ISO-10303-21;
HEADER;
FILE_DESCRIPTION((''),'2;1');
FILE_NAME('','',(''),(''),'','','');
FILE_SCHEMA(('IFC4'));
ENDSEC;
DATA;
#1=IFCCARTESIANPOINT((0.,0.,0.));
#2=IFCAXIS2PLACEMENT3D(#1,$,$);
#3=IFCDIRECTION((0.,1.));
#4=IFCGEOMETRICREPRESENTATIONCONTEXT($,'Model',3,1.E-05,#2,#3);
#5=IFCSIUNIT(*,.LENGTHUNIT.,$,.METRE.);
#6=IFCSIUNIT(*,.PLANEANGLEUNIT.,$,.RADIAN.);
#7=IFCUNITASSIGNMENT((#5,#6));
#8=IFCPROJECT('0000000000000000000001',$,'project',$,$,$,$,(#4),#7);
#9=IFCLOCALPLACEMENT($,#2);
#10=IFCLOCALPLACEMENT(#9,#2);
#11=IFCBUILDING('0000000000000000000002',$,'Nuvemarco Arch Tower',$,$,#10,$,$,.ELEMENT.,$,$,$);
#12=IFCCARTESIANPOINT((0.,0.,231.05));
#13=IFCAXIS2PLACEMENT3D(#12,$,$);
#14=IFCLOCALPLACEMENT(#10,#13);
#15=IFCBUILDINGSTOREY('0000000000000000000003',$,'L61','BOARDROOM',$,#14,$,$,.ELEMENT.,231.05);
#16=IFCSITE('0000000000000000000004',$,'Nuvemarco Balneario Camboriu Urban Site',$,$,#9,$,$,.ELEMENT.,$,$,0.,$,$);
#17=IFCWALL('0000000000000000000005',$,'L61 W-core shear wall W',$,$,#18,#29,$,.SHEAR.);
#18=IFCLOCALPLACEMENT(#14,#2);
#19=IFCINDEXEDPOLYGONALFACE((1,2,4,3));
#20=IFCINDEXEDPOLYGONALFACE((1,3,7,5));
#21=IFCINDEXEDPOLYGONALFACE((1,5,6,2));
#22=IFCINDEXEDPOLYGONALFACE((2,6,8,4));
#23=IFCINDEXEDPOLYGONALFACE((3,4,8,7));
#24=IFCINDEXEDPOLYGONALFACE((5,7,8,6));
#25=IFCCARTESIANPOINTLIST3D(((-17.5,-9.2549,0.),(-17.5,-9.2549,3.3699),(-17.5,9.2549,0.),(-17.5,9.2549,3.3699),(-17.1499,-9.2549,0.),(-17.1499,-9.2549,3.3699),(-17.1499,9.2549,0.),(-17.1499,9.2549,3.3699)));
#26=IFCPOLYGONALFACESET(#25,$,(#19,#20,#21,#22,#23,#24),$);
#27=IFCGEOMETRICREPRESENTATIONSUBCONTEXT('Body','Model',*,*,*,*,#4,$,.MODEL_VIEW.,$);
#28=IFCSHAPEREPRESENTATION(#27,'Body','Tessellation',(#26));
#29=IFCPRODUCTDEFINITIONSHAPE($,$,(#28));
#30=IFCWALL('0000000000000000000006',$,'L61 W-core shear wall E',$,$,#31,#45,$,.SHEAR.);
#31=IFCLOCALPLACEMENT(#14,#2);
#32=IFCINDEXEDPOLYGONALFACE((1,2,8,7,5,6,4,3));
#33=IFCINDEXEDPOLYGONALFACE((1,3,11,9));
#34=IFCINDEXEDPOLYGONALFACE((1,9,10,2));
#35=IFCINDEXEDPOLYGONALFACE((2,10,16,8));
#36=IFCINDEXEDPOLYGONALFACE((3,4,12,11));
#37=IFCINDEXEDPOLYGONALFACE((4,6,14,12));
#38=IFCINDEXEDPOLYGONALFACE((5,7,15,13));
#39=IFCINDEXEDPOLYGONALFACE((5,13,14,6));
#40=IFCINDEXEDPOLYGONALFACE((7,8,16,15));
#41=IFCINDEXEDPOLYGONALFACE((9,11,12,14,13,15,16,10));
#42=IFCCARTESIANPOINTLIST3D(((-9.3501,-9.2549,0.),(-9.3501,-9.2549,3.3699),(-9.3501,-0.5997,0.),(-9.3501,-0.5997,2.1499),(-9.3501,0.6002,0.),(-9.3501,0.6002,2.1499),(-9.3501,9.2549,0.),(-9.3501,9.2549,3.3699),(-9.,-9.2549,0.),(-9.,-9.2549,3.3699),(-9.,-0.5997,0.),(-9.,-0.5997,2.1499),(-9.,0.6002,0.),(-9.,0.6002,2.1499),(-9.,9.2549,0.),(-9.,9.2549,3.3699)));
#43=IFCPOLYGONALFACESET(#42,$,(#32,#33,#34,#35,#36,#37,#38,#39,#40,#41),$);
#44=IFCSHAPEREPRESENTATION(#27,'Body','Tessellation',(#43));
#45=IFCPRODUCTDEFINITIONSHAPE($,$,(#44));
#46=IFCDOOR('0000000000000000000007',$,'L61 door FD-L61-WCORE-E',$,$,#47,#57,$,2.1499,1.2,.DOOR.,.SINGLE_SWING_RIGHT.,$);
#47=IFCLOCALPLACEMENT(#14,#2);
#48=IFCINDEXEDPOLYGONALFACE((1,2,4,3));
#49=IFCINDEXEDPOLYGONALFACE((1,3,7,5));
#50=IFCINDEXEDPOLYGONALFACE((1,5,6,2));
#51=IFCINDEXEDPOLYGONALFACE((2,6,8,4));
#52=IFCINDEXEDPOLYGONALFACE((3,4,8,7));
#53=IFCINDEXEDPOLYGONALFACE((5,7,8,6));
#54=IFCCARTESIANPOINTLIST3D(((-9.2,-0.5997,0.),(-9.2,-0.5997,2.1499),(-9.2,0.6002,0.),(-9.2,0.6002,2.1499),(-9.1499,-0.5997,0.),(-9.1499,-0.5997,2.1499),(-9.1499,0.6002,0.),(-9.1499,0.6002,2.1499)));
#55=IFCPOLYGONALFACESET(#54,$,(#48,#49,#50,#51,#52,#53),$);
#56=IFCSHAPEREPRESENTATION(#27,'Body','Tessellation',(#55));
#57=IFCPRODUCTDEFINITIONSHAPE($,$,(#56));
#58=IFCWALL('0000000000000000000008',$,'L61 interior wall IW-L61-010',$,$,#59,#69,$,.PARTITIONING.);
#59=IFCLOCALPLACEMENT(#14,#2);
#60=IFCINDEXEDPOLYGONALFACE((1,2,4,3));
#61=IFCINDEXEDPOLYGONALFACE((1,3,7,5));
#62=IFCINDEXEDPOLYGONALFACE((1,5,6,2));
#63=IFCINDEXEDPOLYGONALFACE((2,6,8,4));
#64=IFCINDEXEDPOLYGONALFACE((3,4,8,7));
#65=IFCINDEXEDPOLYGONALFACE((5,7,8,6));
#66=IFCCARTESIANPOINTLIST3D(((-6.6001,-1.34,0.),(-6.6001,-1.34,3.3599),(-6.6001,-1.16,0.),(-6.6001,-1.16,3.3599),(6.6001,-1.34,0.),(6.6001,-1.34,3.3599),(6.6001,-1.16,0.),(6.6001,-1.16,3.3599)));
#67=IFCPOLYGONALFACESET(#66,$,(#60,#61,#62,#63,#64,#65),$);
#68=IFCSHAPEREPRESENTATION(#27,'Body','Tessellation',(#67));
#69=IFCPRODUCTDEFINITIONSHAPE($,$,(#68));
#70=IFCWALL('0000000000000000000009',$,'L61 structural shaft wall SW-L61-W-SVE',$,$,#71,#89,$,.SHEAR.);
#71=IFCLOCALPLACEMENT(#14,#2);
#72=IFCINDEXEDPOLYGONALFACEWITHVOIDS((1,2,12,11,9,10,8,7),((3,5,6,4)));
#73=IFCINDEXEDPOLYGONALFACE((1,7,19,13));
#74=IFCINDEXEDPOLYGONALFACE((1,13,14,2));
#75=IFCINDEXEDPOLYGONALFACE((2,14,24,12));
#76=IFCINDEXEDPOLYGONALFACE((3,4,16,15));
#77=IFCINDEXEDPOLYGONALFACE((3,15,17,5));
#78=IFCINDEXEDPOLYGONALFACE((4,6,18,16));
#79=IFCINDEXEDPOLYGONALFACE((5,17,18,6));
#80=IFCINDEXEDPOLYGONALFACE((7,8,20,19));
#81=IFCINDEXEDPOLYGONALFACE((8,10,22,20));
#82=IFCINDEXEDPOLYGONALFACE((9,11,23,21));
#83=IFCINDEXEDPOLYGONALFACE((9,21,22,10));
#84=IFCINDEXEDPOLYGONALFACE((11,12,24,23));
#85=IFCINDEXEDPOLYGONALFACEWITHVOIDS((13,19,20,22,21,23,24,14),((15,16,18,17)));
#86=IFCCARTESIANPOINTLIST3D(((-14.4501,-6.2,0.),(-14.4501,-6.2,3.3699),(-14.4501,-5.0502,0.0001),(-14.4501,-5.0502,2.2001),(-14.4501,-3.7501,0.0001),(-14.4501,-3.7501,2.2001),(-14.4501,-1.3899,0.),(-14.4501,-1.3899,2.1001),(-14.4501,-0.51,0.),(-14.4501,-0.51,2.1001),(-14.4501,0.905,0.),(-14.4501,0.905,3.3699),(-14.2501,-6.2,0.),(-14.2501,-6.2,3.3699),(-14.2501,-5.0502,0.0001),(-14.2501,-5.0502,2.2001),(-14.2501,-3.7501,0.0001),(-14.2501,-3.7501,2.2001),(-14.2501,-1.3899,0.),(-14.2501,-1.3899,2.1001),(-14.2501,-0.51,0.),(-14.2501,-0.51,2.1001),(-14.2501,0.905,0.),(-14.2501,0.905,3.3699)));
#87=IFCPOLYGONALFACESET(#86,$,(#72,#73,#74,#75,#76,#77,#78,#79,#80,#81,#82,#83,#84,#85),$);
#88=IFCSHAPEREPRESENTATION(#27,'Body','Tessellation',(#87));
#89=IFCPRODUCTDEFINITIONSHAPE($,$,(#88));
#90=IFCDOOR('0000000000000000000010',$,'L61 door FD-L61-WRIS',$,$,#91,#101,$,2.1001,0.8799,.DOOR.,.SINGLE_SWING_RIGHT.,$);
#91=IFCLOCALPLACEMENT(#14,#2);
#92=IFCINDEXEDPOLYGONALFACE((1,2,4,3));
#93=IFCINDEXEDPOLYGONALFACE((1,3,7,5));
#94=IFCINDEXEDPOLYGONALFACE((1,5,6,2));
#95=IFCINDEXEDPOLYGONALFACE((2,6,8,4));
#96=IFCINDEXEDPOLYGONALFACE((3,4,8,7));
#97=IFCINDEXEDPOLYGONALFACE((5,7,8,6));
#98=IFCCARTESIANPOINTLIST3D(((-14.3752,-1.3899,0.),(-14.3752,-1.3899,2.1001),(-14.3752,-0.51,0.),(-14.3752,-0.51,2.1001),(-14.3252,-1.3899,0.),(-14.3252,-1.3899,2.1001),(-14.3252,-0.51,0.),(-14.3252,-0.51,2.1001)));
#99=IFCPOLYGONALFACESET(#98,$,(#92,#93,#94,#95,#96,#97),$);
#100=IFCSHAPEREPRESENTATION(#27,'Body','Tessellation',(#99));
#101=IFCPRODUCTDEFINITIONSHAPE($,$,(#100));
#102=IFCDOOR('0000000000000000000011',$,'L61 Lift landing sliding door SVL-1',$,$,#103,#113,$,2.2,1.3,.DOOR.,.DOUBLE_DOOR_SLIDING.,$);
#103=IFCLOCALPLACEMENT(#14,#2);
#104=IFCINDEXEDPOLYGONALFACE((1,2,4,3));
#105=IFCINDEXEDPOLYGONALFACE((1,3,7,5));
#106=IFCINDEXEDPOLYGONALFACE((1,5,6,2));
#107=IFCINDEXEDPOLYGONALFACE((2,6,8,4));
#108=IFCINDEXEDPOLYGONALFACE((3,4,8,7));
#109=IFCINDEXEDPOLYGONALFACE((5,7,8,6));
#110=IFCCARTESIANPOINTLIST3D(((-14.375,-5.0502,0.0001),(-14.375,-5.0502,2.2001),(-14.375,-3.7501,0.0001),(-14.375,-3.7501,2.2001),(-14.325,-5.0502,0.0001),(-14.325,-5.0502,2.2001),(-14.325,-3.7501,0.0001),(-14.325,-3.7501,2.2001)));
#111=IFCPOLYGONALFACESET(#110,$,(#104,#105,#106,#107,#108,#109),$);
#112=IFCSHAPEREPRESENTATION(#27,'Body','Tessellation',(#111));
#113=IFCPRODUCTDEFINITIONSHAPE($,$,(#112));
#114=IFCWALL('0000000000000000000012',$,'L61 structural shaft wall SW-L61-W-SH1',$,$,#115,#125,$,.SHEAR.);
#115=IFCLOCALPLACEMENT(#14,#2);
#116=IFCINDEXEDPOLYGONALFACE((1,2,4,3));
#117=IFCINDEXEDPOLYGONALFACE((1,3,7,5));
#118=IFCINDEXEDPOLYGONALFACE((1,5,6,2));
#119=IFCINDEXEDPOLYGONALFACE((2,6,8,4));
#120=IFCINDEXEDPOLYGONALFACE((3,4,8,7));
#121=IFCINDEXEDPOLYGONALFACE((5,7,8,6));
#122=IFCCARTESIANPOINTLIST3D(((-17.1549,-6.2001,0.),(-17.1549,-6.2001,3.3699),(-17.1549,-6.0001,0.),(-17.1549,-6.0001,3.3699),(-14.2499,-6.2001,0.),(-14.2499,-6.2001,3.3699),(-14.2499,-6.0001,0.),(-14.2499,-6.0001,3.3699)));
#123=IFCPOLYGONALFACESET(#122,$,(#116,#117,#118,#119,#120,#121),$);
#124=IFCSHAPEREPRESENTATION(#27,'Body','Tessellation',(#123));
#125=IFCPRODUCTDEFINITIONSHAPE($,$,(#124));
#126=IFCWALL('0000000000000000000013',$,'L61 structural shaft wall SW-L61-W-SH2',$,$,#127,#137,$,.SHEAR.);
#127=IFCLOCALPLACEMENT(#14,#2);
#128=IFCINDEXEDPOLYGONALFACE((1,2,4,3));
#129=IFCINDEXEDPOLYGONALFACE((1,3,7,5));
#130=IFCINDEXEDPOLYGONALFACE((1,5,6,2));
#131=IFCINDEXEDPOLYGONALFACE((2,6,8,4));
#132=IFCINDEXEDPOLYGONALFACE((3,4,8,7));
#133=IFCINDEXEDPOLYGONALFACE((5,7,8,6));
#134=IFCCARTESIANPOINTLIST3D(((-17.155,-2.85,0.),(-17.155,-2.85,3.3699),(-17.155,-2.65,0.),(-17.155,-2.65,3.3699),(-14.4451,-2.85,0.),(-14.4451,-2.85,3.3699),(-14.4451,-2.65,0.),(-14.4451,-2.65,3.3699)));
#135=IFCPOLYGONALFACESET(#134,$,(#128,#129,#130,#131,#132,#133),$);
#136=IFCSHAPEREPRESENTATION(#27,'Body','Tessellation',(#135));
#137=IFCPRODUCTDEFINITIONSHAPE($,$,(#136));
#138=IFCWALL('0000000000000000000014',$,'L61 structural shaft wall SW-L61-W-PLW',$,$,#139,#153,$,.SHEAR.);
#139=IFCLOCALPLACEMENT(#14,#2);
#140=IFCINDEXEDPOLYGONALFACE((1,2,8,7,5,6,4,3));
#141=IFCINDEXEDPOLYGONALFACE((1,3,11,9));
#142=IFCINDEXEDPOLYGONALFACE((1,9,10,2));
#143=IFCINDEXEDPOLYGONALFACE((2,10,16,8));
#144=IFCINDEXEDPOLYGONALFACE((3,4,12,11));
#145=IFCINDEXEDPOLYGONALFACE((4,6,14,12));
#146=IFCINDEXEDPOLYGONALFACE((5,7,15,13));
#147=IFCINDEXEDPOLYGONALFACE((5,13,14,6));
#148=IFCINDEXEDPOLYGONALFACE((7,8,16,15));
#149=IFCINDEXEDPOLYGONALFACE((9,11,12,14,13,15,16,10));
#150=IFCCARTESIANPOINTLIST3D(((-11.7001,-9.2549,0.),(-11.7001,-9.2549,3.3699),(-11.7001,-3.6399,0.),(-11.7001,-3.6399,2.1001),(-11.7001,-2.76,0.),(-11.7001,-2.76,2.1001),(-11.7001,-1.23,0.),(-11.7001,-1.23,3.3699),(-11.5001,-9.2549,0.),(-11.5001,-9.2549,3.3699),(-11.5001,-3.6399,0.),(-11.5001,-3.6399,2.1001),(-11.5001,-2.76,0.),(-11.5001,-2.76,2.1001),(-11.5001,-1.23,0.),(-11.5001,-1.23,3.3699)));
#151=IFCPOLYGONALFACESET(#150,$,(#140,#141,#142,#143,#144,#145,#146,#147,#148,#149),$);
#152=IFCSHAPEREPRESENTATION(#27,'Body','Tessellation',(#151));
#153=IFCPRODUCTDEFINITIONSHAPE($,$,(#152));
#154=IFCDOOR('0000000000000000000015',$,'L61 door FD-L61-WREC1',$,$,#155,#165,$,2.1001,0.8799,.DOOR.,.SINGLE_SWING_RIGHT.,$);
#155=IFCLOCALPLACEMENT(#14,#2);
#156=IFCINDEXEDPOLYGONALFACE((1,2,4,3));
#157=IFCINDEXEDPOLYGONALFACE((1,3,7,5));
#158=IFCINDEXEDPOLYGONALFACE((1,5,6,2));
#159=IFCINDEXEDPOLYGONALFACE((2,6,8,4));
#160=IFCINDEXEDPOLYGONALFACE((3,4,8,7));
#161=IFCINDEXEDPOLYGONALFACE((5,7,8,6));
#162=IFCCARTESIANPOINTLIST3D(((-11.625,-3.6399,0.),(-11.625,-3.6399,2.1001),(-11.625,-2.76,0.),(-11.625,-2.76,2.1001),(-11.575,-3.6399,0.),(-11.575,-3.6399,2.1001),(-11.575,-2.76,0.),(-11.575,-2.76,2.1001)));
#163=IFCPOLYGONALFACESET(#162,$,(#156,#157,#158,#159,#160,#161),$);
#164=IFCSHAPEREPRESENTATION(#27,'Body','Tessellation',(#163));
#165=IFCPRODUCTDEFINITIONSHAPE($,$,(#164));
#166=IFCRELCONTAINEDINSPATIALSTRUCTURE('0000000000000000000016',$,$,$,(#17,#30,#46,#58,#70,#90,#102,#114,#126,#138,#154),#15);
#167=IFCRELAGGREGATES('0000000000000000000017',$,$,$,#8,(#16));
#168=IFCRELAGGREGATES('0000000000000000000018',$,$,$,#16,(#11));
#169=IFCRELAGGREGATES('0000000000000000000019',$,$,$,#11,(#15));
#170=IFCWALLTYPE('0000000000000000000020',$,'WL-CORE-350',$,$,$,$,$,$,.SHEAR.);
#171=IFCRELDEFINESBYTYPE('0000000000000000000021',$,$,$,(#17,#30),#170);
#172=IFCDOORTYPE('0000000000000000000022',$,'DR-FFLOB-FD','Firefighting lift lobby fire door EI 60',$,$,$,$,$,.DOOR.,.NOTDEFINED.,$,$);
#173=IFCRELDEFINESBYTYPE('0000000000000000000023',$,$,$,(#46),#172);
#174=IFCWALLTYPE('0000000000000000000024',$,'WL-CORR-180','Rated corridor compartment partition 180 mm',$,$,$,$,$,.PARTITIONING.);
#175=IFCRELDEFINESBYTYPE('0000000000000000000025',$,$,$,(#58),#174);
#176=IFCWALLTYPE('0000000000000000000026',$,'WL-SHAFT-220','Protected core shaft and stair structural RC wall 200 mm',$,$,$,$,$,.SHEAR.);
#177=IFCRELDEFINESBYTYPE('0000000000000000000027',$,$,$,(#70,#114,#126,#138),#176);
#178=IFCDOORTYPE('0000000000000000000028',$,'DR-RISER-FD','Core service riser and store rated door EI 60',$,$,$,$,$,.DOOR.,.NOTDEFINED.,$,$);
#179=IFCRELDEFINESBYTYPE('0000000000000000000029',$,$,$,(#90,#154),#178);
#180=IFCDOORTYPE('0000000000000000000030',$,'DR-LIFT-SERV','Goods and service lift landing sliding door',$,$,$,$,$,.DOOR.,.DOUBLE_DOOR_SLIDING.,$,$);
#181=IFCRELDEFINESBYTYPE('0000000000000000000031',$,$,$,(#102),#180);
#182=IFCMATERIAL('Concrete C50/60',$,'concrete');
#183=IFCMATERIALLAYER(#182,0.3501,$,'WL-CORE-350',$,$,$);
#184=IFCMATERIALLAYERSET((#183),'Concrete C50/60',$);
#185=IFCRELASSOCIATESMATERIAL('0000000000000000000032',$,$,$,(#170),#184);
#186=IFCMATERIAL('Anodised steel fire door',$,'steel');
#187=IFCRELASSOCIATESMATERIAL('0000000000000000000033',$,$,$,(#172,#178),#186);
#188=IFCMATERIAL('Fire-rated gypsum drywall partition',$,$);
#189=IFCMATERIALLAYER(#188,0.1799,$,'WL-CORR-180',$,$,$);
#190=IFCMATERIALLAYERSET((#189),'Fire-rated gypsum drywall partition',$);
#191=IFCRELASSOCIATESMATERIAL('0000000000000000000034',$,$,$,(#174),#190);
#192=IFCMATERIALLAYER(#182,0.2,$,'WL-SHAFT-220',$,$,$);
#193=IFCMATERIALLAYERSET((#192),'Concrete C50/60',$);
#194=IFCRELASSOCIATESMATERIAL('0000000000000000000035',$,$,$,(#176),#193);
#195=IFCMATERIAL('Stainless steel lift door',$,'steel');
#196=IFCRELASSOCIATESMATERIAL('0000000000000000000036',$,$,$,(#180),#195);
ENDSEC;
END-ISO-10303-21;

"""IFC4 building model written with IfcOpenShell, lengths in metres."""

from ifc_helpers import new_model, si_unit, direction, frame, frame_2d, origin, place, context, subcontext, project, spatial, rectangle, extrude, source, transform, mapped, material, layer, layer_set, type_object, type_shapes, element, fill, save


model = new_model("IFC4")

# Units and contexts
model_context = context("Model", 3, precision=1e-05, world=origin(), true_north=direction((0.0, 1.0)))
body_context = subcontext(model_context, "Body", "Model", "MODEL_VIEW")
ifc_project = project(units=[si_unit("LENGTHUNIT", "METRE"), si_unit("PLANEANGLEUNIT", "RADIAN")], contexts=[model_context])

# Site, building, storey
site_placement = place(None, origin())
site = spatial("IfcSite", under=ifc_project, at=site_placement, Name="Nuvemarco Balneario Camboriu Urban Site", CompositionType="ELEMENT", RefElevation=0.0)
building_placement = place(site_placement, origin())
building = spatial("IfcBuilding", under=site, at=building_placement, Name="Nuvemarco Arch Tower", CompositionType="ELEMENT")
storey_placement = place(building_placement, frame((0.0, 0.0, 231.05)))
storey = spatial("IfcBuildingStorey", under=building, at=storey_placement, Name="L61", Description="BOARDROOM", CompositionType="ELEMENT", Elevation=231.05)

# Shared definitions
ifc_material_1 = material(Name="Concrete C50/60", Category="concrete")

# Wall
ifc_layer_1 = layer(ifc_material_1, 0.3501, Name="WL-CORE-350")
ifc_layer_set_1 = layer_set([ifc_layer_1], Name="Concrete C50/60")
wall_type_1 = type_object("IfcWallType", Name="WL-CORE-350", PredefinedType="SHEAR", material=ifc_layer_set_1)
wall_1_placement = place(storey_placement, frame((-17.325, -9.2549, 0.0), z_axis=(0.0, 0.0, 1.0), x_axis=(0.0, 1.0, 0.0)))
element("IfcWall", 1, at=wall_1_placement, inside=storey, type_object=wall_type_1, Name="L61 W-core shear wall W", PredefinedType="SHEAR", context=body_context, shape_type="SweptSolid", body=[
    extrude(rectangle(XDim=18.5098, YDim=0.3501, at=frame_2d((9.2549, 0.0))), origin(), (0.0, 0.0, 1.0), 3.3699),
])

# Wall, opening, door
wall_2_placement = place(storey_placement, frame((-9.175, -9.2549, 0.0), z_axis=(0.0, 0.0, 1.0), x_axis=(0.0, 1.0, 0.0)))
wall_2 = element("IfcWall", 2, at=wall_2_placement, inside=storey, type_object=wall_type_1, Name="L61 W-core shear wall E", PredefinedType="SHEAR", context=body_context, shape_type="SweptSolid", body=[
    extrude(rectangle(XDim=18.5098, YDim=0.3501, at=frame_2d((9.2549, 0.0))), origin(), (0.0, 0.0, 1.0), 3.3699),
])
opening_1_placement = place(wall_2_placement, frame((8.655, 0.0, 0.0)))
opening_1 = element("IfcOpeningElement", 3, at=opening_1_placement, cuts=wall_2, PredefinedType="OPENING", context=body_context, shape_type="SweptSolid", body=[
    extrude(rectangle(XDim=1.2, YDim=2.1499, at=frame_2d((0.6001, 1.075))), frame((0.0, 0.1851, 0.0), z_axis=(0.0, -1.0, 0.0), x_axis=(1.0, 0.0, 0.0)), (0.0, 0.0, 1.0), 0.3701),
])
ifc_material_2 = material(Name="Anodised steel fire door", Category="steel")
door_type_1 = type_object("IfcDoorType", Name="DR-FFLOB-FD", Description="Firefighting lift lobby fire door EI 60", OperationType="NOTDEFINED", PredefinedType="DOOR", material=ifc_material_2)
shared_shape_1 = source(origin(), body_context, "Body", "SweptSolid", [
    extrude(rectangle(XDim=1.2, YDim=2.1499, at=frame_2d((0.6001, 1.075))), frame((0.0, 0.0249, 0.0), z_axis=(0.0, -1.0, 0.0), x_axis=(1.0, 0.0, 0.0)), (0.0, 0.0, 1.0), 0.05),
])
type_shapes(door_type_1, [shared_shape_1])
door_1_placement = place(opening_1_placement, origin())
door_1 = element("IfcDoor", 4, at=door_1_placement, inside=storey, type_object=door_type_1, Name="L61 door FD-L61-WCORE-E", OperationType="SINGLE_SWING_RIGHT", OverallHeight=2.1499, OverallWidth=1.2, PredefinedType="DOOR", context=body_context, shape_type="MappedRepresentation", body=[
    mapped(shared_shape_1, transform((0.0, 0.0, 0.0), scale=1.0)),
])
fill(opening_1, door_1)

# Wall
ifc_material_3 = material(Name="Fire-rated gypsum drywall partition")
ifc_layer_2 = layer(ifc_material_3, 0.1799, Name="WL-CORR-180")
ifc_layer_set_2 = layer_set([ifc_layer_2], Name="Fire-rated gypsum drywall partition")
wall_type_2 = type_object("IfcWallType", Name="WL-CORR-180", Description="Rated corridor compartment partition 180 mm", PredefinedType="PARTITIONING", material=ifc_layer_set_2)
wall_3_placement = place(storey_placement, frame((-6.6001, -1.25, 0.0), z_axis=(0.0, 0.0, 1.0), x_axis=(1.0, 0.0, 0.0)))
element("IfcWall", 5, at=wall_3_placement, inside=storey, type_object=wall_type_2, Name="L61 interior wall IW-L61-010", PredefinedType="PARTITIONING", context=body_context, shape_type="SweptSolid", body=[
    extrude(rectangle(XDim=13.2002, YDim=0.1799, at=frame_2d((6.6001, 0.0))), origin(), (0.0, 0.0, 1.0), 3.3599),
])

# Shared definitions
ifc_layer_3 = layer(ifc_material_1, 0.2, Name="WL-SHAFT-220")
ifc_layer_set_3 = layer_set([ifc_layer_3], Name="Concrete C50/60")
wall_type_3 = type_object("IfcWallType", Name="WL-SHAFT-220", Description="Protected core shaft and stair structural RC wall 200 mm", PredefinedType="SHEAR", material=ifc_layer_set_3)
ifc_material_4 = material(Name="Stainless steel lift door", Category="steel")

# Wall, openings, doors
wall_4_placement = place(storey_placement, frame((-14.3501, -6.2, 0.0), z_axis=(0.0, 0.0, 1.0), x_axis=(0.0, 1.0, 0.0)))
wall_4 = element("IfcWall", 6, at=wall_4_placement, inside=storey, type_object=wall_type_3, Name="L61 structural shaft wall SW-L61-W-SVE", PredefinedType="SHEAR", context=body_context, shape_type="SweptSolid", body=[
    extrude(rectangle(XDim=7.105, YDim=0.2, at=frame_2d((3.5525, 0.0))), origin(), (0.0, 0.0, 1.0), 3.3699),
])
opening_2_placement = place(wall_4_placement, frame((5.6899, 0.0, 0.0), z_axis=(0.0, 0.0, 1.0), x_axis=(-1.0, 0.0, 0.0)))
opening_2 = element("IfcOpeningElement", 7, at=opening_2_placement, cuts=wall_4, PredefinedType="OPENING", context=body_context, shape_type="SweptSolid", body=[
    extrude(rectangle(XDim=0.8799, YDim=2.1001, at=frame_2d((0.4399, 1.05))), frame((0.0, 0.1099, 0.0), z_axis=(0.0, -1.0, 0.0), x_axis=(1.0, 0.0, 0.0)), (0.0, 0.0, 1.0), 0.22),
])
opening_3_placement = place(wall_4_placement, frame((1.1499, 0.0, 0.0)))
opening_3 = element("IfcOpeningElement", 8, at=opening_3_placement, cuts=wall_4, PredefinedType="OPENING", context=body_context, shape_type="SweptSolid", body=[
    extrude(rectangle(XDim=1.3, YDim=2.2, at=frame_2d((0.6499, 1.1001))), frame((0.0, 0.1099, 0.0), z_axis=(0.0, -1.0, 0.0), x_axis=(1.0, 0.0, 0.0)), (0.0, 0.0, 1.0), 0.22),
])
door_type_2 = type_object("IfcDoorType", Name="DR-RISER-FD", Description="Core service riser and store rated door EI 60", OperationType="NOTDEFINED", PredefinedType="DOOR", material=ifc_material_2)
shared_shape_2 = source(origin(), body_context, "Body", "SweptSolid", [
    extrude(rectangle(XDim=0.8799, YDim=2.1001, at=frame_2d((0.4399, 1.05))), frame((0.0, 0.0249, 0.0), z_axis=(0.0, -1.0, 0.0), x_axis=(1.0, 0.0, 0.0)), (0.0, 0.0, 1.0), 0.05),
])
type_shapes(door_type_2, [shared_shape_2])
door_2_placement = place(opening_2_placement, origin())
door_2 = element("IfcDoor", 9, at=door_2_placement, inside=storey, type_object=door_type_2, Name="L61 door FD-L61-WRIS", OperationType="SINGLE_SWING_RIGHT", OverallHeight=2.1001, OverallWidth=0.8799, PredefinedType="DOOR", context=body_context, shape_type="MappedRepresentation", body=[
    mapped(shared_shape_2, transform((0.0, 0.0, 0.0), scale=1.0)),
])
fill(opening_2, door_2)
door_type_3 = type_object("IfcDoorType", Name="DR-LIFT-SERV", Description="Goods and service lift landing sliding door", OperationType="DOUBLE_DOOR_SLIDING", PredefinedType="DOOR", material=ifc_material_4)
shared_shape_3 = source(origin(), body_context, "Body", "SweptSolid", [
    extrude(rectangle(XDim=1.3, YDim=2.2, at=frame_2d((0.6499, 1.1001))), frame((0.0, 0.0249, 0.0), z_axis=(0.0, -1.0, 0.0), x_axis=(1.0, 0.0, 0.0)), (0.0, 0.0, 1.0), 0.05),
])
type_shapes(door_type_3, [shared_shape_3])
door_3_placement = place(opening_3_placement, origin())
door_3 = element("IfcDoor", 10, at=door_3_placement, inside=storey, type_object=door_type_3, Name="L61 Lift landing sliding door SVL-1", OperationType="DOUBLE_DOOR_SLIDING", OverallHeight=2.2, OverallWidth=1.3, PredefinedType="DOOR", context=body_context, shape_type="MappedRepresentation", body=[
    mapped(shared_shape_3, transform((0.0, 0.0, 0.0), scale=1.0)),
])
fill(opening_3, door_3)

# Walls
wall_5_placement = place(storey_placement, frame((-17.155, -6.1001, 0.0), z_axis=(0.0, 0.0, 1.0), x_axis=(1.0, 0.0, 0.0)))
element("IfcWall", 11, at=wall_5_placement, inside=storey, type_object=wall_type_3, Name="L61 structural shaft wall SW-L61-W-SH1", PredefinedType="SHEAR", context=body_context, shape_type="SweptSolid", body=[
    extrude(rectangle(XDim=2.905, YDim=0.2, at=frame_2d((1.4526, 0.0))), origin(), (0.0, 0.0, 1.0), 3.3699),
])
wall_6_placement = place(storey_placement, frame((-17.155, -2.75, 0.0), z_axis=(0.0, 0.0, 1.0), x_axis=(1.0, 0.0, 0.0)))
element("IfcWall", 12, at=wall_6_placement, inside=storey, type_object=wall_type_3, Name="L61 structural shaft wall SW-L61-W-SH2", PredefinedType="SHEAR", context=body_context, shape_type="SweptSolid", body=[
    extrude(rectangle(XDim=2.71, YDim=0.2, at=frame_2d((1.355, 0.0))), origin(), (0.0, 0.0, 1.0), 3.3699),
])

# Wall, opening, door
wall_7_placement = place(storey_placement, frame((-11.6001, -9.2549, 0.0), z_axis=(0.0, 0.0, 1.0), x_axis=(0.0, 1.0, 0.0)))
wall_7 = element("IfcWall", 13, at=wall_7_placement, inside=storey, type_object=wall_type_3, Name="L61 structural shaft wall SW-L61-W-PLW", PredefinedType="SHEAR", context=body_context, shape_type="SweptSolid", body=[
    extrude(rectangle(XDim=8.0249, YDim=0.2, at=frame_2d((4.0125, 0.0))), origin(), (0.0, 0.0, 1.0), 3.3699),
])
opening_4_placement = place(wall_7_placement, frame((5.615, 0.0, 0.0)))
opening_4 = element("IfcOpeningElement", 14, at=opening_4_placement, cuts=wall_7, PredefinedType="OPENING", context=body_context, shape_type="SweptSolid", body=[
    extrude(rectangle(XDim=0.8799, YDim=2.1001, at=frame_2d((0.4399, 1.05))), frame((0.0, 0.1099, 0.0), z_axis=(0.0, -1.0, 0.0), x_axis=(1.0, 0.0, 0.0)), (0.0, 0.0, 1.0), 0.22),
])
door_4_placement = place(opening_4_placement, origin())
door_4 = element("IfcDoor", 15, at=door_4_placement, inside=storey, type_object=door_type_2, Name="L61 door FD-L61-WREC1", OperationType="SINGLE_SWING_RIGHT", OverallHeight=2.1001, OverallWidth=0.8799, PredefinedType="DOOR", context=body_context, shape_type="MappedRepresentation", body=[
    mapped(shared_shape_2, transform((0.0, 0.0, 0.0), scale=1.0)),
])
fill(opening_4, door_4)

save(model, "model.ifc")
